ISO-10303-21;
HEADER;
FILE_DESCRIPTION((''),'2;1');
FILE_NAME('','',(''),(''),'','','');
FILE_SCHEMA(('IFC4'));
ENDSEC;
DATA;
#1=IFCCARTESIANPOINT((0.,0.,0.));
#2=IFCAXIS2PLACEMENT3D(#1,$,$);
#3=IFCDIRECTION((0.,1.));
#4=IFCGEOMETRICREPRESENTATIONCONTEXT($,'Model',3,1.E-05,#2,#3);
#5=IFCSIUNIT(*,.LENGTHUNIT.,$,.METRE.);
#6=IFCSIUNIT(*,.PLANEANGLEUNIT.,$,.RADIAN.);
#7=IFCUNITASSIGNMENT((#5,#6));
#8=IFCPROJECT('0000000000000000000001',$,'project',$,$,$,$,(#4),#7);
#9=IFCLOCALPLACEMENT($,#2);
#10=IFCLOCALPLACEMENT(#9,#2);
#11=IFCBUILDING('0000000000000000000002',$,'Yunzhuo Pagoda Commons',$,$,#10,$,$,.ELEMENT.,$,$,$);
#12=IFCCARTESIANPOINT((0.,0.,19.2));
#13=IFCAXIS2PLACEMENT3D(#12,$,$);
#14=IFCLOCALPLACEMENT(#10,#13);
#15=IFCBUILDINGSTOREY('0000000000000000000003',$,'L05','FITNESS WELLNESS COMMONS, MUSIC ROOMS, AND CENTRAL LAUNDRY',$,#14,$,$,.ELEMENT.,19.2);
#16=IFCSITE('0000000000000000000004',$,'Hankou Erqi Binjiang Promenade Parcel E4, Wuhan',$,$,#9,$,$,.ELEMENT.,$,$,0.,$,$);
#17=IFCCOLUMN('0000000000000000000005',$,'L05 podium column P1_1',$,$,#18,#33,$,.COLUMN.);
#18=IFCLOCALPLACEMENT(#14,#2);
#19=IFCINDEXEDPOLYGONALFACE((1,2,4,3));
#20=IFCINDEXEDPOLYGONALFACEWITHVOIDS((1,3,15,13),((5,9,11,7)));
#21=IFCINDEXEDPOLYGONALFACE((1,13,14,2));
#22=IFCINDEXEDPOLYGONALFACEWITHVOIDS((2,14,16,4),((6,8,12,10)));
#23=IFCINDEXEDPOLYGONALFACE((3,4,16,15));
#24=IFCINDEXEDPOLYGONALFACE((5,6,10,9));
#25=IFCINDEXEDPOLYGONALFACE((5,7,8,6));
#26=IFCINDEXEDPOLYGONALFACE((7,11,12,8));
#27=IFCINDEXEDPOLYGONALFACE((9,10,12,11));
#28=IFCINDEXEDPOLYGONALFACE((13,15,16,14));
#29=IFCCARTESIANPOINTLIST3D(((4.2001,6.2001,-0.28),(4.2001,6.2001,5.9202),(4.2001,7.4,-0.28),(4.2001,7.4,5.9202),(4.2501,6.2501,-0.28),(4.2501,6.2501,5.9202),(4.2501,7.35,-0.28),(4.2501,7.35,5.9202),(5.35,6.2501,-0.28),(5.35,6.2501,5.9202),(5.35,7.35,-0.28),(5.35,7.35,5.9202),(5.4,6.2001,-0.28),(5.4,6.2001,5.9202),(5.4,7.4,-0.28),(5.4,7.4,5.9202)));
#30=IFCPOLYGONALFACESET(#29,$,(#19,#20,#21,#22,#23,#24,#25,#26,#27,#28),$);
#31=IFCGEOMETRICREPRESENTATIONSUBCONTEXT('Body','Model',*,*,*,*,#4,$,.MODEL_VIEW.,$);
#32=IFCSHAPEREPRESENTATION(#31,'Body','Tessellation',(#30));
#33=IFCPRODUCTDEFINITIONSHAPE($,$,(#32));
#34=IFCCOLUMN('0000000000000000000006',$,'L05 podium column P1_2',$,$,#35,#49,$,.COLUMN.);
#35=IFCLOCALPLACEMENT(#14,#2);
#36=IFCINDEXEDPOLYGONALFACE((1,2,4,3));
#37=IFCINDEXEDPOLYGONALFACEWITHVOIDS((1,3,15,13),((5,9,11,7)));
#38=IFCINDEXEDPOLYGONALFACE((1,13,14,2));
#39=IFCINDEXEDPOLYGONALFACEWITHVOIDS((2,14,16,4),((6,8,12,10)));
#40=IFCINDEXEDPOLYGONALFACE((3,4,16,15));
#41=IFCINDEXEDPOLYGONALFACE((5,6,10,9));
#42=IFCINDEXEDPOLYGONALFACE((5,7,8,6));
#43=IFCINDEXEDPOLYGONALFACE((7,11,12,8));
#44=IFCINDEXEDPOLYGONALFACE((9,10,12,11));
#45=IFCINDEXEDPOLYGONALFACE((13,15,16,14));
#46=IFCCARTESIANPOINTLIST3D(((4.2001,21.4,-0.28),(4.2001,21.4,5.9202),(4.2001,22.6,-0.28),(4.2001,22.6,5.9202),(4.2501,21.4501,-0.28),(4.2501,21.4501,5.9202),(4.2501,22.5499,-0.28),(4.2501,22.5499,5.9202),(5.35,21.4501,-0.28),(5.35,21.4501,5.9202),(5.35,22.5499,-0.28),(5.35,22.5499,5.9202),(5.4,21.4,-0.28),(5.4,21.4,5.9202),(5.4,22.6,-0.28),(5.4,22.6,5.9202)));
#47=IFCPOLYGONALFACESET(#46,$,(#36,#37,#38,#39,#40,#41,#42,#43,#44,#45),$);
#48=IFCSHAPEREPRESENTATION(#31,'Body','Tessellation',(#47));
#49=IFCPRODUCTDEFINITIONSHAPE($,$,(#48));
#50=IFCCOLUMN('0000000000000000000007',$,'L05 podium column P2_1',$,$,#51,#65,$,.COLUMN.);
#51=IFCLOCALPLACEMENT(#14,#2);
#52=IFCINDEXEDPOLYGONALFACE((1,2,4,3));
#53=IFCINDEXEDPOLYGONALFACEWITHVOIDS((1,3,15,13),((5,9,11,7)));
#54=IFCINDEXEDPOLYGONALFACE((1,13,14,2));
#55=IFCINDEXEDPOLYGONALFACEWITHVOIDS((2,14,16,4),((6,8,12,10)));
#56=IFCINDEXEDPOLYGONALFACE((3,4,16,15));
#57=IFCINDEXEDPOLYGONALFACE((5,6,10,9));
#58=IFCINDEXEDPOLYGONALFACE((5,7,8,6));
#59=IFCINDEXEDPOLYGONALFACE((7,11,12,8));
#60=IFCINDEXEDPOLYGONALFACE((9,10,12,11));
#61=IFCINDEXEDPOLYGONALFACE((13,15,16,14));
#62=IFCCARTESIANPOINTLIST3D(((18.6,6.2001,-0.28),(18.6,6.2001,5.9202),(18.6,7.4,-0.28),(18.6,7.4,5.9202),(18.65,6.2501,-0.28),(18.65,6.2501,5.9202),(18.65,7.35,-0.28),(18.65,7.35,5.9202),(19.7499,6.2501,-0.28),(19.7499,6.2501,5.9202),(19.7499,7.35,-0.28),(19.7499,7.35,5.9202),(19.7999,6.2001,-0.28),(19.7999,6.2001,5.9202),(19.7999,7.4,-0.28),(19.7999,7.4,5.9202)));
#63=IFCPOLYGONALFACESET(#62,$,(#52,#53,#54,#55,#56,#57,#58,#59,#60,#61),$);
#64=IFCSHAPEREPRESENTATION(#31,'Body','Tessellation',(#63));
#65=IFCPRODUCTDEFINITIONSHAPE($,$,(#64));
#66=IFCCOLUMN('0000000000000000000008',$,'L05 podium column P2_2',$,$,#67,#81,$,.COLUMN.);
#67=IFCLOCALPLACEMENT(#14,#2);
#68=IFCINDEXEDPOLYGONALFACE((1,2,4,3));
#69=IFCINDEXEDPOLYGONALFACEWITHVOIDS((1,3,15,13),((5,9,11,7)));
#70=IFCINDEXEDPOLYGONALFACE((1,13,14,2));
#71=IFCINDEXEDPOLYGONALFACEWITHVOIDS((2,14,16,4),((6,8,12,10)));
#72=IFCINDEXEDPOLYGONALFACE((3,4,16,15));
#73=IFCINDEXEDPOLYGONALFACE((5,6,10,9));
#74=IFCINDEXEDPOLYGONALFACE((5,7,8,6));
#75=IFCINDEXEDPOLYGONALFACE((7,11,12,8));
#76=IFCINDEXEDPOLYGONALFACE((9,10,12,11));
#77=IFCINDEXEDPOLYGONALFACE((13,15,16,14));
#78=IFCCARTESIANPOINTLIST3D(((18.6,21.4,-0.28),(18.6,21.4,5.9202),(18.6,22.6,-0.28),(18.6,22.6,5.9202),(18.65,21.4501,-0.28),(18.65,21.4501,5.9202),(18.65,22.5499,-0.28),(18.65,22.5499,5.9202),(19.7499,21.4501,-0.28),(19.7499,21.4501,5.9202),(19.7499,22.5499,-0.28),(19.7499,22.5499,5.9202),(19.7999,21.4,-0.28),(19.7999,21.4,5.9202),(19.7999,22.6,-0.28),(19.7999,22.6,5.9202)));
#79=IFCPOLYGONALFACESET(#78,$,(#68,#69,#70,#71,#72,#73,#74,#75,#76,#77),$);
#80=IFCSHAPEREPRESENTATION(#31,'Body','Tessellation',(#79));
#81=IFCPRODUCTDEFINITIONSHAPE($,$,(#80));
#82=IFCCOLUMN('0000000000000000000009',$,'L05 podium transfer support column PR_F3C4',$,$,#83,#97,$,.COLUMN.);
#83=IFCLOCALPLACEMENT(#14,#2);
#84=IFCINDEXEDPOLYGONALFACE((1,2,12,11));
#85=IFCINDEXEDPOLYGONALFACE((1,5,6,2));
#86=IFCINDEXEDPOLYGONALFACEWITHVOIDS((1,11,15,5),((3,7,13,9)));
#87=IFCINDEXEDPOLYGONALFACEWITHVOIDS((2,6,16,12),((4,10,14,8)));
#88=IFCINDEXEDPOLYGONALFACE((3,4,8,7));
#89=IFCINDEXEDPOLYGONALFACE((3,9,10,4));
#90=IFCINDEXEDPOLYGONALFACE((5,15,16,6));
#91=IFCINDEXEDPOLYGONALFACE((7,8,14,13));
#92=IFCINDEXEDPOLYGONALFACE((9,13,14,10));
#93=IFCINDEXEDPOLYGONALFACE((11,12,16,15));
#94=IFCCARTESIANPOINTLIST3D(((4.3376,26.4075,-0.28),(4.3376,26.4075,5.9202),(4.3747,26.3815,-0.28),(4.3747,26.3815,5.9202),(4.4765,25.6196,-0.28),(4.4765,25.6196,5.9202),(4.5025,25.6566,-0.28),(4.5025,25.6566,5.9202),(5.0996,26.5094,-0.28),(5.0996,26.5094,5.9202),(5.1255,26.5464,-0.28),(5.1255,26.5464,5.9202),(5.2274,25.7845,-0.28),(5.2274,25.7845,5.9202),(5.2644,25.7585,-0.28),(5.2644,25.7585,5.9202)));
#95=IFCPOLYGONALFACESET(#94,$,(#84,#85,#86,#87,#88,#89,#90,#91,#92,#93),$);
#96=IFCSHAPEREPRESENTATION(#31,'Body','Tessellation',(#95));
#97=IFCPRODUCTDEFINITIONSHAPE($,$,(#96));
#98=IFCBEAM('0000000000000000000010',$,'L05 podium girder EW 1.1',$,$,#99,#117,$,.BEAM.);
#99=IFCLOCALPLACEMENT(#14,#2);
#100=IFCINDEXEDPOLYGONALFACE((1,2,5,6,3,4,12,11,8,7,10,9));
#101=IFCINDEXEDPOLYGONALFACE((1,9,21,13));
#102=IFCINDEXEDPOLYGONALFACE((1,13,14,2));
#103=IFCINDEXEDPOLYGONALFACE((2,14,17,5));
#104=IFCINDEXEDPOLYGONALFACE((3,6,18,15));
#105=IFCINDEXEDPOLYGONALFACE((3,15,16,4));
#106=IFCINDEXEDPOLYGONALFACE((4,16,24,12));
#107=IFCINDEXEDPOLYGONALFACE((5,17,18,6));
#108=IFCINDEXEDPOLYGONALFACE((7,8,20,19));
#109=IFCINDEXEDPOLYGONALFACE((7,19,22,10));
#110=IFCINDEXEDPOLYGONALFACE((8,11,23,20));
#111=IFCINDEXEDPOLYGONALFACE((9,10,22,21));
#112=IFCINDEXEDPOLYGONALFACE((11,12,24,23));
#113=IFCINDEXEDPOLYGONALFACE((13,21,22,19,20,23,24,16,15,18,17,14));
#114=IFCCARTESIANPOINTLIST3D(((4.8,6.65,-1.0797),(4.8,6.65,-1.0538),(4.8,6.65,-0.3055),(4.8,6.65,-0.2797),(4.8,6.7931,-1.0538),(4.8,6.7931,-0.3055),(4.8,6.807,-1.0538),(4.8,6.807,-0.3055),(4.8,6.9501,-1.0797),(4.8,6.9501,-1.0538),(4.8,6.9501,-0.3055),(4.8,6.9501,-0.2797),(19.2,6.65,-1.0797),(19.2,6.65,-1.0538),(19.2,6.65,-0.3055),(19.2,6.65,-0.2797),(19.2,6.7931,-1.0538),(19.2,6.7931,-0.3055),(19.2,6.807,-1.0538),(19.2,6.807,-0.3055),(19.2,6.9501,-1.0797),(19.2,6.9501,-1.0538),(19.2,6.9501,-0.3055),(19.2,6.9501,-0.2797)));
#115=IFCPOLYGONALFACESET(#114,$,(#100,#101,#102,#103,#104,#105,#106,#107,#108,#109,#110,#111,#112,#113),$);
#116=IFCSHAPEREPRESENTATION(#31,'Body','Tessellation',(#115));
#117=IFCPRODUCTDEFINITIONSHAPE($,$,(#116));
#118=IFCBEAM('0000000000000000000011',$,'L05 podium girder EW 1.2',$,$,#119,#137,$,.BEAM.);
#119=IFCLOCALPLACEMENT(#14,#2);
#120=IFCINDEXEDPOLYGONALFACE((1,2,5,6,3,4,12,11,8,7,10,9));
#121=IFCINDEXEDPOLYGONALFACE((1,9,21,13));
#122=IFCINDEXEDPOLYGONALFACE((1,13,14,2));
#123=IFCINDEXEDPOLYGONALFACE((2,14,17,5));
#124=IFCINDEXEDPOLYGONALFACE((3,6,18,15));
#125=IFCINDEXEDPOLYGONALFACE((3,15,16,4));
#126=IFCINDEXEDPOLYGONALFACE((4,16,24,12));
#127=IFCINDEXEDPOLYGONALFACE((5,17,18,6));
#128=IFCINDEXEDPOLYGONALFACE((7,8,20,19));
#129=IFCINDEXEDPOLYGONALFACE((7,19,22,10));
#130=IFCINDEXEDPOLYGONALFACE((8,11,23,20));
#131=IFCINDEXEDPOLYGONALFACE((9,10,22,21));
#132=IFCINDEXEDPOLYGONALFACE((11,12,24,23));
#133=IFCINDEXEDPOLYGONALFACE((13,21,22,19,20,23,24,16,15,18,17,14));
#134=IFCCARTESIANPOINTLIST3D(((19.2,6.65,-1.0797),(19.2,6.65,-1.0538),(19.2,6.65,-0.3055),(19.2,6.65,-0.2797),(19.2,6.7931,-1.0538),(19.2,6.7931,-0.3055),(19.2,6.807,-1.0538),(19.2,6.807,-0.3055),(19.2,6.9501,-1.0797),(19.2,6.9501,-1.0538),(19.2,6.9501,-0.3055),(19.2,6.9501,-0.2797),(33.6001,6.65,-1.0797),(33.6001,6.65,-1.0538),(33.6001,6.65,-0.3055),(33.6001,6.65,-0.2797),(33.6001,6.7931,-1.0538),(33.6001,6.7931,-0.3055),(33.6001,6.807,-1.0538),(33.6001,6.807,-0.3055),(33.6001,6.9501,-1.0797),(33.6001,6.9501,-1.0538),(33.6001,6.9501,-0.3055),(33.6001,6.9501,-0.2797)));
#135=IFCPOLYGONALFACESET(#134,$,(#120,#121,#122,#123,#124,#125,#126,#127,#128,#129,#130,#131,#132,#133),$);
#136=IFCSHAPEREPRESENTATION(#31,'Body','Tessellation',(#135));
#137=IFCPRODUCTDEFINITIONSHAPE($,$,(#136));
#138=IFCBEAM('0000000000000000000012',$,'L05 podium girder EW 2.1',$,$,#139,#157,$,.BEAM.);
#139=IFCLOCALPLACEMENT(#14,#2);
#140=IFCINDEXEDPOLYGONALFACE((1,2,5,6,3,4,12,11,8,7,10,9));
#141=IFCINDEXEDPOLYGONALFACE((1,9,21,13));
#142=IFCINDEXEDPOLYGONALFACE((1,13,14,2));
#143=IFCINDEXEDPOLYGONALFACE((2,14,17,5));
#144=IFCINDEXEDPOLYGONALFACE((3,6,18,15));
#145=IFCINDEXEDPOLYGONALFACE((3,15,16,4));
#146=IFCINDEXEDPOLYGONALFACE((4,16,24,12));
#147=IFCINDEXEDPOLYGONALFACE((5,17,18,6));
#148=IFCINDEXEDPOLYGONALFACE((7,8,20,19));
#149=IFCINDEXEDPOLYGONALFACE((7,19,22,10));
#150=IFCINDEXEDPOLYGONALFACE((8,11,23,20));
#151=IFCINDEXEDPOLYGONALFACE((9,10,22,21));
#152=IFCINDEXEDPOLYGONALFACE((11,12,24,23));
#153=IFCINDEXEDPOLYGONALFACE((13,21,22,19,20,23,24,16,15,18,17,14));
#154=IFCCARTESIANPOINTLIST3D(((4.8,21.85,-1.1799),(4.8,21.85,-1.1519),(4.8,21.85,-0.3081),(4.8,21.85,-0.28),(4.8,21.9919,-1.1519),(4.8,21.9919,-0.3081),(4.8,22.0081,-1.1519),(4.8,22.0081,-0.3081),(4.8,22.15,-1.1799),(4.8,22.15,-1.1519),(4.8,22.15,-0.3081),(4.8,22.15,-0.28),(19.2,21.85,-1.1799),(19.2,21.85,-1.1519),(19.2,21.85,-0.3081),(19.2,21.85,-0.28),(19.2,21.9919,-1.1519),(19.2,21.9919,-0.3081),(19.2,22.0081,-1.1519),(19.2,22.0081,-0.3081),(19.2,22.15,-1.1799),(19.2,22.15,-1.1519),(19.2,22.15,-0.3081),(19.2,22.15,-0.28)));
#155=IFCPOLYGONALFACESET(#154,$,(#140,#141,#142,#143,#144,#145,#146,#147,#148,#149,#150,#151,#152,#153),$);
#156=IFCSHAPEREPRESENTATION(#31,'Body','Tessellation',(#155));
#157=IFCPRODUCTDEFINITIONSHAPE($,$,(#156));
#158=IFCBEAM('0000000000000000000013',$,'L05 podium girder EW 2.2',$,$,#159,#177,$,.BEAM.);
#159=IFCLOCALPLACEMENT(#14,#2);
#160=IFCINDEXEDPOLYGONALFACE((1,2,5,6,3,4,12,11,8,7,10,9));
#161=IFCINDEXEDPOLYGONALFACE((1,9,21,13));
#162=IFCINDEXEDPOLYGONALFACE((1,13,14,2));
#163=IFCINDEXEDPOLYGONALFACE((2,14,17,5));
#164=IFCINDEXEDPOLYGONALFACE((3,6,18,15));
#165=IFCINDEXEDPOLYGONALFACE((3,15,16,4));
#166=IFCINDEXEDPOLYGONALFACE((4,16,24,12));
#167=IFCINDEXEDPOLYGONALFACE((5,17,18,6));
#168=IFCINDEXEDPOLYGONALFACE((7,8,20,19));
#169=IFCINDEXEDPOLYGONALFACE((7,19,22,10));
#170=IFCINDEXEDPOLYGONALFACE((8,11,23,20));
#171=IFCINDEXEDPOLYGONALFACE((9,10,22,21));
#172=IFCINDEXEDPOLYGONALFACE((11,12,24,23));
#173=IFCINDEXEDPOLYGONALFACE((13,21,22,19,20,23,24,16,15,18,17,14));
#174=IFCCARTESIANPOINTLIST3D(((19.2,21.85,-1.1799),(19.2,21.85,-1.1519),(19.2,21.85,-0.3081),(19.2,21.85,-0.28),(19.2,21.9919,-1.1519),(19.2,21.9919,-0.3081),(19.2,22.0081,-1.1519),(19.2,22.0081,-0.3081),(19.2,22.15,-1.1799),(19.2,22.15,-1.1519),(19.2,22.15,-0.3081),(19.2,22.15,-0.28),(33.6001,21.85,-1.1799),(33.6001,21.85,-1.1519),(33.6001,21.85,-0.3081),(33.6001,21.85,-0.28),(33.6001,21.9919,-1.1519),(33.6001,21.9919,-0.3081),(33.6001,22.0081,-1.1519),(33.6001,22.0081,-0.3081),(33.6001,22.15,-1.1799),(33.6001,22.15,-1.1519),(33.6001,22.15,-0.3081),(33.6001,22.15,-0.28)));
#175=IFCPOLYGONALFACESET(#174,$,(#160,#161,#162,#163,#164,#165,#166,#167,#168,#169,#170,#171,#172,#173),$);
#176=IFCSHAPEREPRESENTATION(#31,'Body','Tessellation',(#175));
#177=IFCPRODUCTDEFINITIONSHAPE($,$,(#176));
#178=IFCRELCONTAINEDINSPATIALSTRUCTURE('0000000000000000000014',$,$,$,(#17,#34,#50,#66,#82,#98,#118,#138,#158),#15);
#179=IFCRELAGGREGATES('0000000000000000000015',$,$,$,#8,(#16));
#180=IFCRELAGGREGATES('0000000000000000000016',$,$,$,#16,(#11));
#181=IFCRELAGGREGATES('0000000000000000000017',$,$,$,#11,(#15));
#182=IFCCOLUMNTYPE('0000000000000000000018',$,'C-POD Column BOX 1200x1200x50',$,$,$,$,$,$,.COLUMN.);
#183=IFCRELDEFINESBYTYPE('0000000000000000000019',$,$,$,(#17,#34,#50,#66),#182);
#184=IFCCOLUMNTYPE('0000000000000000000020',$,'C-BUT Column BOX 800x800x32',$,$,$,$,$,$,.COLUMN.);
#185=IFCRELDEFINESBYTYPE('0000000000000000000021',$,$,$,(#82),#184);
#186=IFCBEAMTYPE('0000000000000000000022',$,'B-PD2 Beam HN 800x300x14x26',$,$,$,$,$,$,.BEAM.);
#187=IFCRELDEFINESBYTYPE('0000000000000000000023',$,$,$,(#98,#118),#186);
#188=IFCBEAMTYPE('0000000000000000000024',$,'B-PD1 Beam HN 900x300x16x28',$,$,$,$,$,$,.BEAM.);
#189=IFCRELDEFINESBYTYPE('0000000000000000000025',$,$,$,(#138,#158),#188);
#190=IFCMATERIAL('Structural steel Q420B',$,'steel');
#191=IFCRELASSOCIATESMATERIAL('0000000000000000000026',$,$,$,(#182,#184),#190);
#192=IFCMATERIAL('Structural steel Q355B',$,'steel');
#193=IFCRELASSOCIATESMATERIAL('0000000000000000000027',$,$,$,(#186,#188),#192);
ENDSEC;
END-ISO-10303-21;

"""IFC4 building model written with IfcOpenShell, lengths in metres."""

from ifc_helpers import new_model, si_unit, direction, frame, origin, origin_2d, place, context, subcontext, project, spatial, hollow_rectangle, i_section, extrude, source, transform, mapped, material, material_profile, profile_set, type_object, element, save


model = new_model("IFC4")

# Units and contexts
model_context = context("Model", 3, precision=1e-05, world=origin(), true_north=direction((0.0, 1.0)))
body_context = subcontext(model_context, "Body", "Model", "MODEL_VIEW")
ifc_project = project(units=[si_unit("LENGTHUNIT", "METRE"), si_unit("PLANEANGLEUNIT", "RADIAN")], contexts=[model_context])

# Site, building, storey
site_placement = place(None, origin())
site = spatial("IfcSite", under=ifc_project, at=site_placement, Name="Hankou Erqi Binjiang Promenade Parcel E4, Wuhan", CompositionType="ELEMENT", RefElevation=0.0)
building_placement = place(site_placement, origin())
building = spatial("IfcBuilding", under=site, at=building_placement, Name="Yunzhuo Pagoda Commons", CompositionType="ELEMENT")
storey_placement = place(building_placement, frame((0.0, 0.0, 19.2)))
storey = spatial("IfcBuildingStorey", under=building, at=storey_placement, Name="L05", Description="FITNESS WELLNESS COMMONS, MUSIC ROOMS, AND CENTRAL LAUNDRY", CompositionType="ELEMENT", Elevation=19.2)

# Columns
ifc_material_1 = material(Name="Structural steel Q420B", Category="steel")
ifc_material_profile_1 = material_profile(ifc_material_1, hollow_rectangle(XDim=1.2, YDim=1.2, WallThickness=0.05, at=origin_2d()), Name="Structural steel Q420B")
ifc_profile_set_1 = profile_set([ifc_material_profile_1], Name="Structural steel Q420B")
column_type_1 = type_object("IfcColumnType", Name="C-POD Column BOX 1200x1200x50", PredefinedType="COLUMN", material=ifc_profile_set_1)
shared_shape_1 = source(origin(), body_context, "Body", "SweptSolid", [
    extrude(hollow_rectangle(XDim=1.2, YDim=1.2, WallThickness=0.05, at=origin_2d()), origin(), (0.0, 0.0, 1.0), 6.2002),
])
for number, where, z_axis, x_axis, name in (
    (1, (4.8, 6.8, -0.28), (0.0, 0.0, 1.0), (1.0, 0.0, 0.0), "L05 podium column P1_1"),
    (2, (4.8, 22.0, -0.28), (0.0, 0.0, 1.0), (1.0, 0.0, 0.0), "L05 podium column P1_2"),
    (3, (19.2, 6.8, -0.28), (0.0, 0.0, 1.0), (1.0, 0.0, 0.0), "L05 podium column P2_1"),
    (4, (19.2, 22.0, -0.28), (0.0, 0.0, 1.0), (1.0, 0.0, 0.0), "L05 podium column P2_2"),
):
    element("IfcColumn", number, at=place(storey_placement, frame(where, z_axis=z_axis, x_axis=x_axis)), inside=storey, type_object=column_type_1, Name=name, PredefinedType="COLUMN", context=body_context, shape_type="MappedRepresentation", body=[
        mapped(shared_shape_1, transform((0.0, 0.0, 0.0), scale=1.0)),
    ])
ifc_material_profile_2 = material_profile(ifc_material_1, hollow_rectangle(XDim=0.8, YDim=0.8, WallThickness=0.032, at=origin_2d()), Name="Structural steel Q420B")
ifc_profile_set_2 = profile_set([ifc_material_profile_2], Name="Structural steel Q420B")
column_type_2 = type_object("IfcColumnType", Name="C-BUT Column BOX 800x800x32", PredefinedType="COLUMN", material=ifc_profile_set_2)
shared_shape_2 = source(origin(), body_context, "Body", "SweptSolid", [
    extrude(hollow_rectangle(XDim=0.8, YDim=0.8, WallThickness=0.032, at=origin_2d()), origin(), (0.0, 0.0, 1.0), 6.2002),
])
column_placement = place(storey_placement, frame((4.801, 26.083, -0.28), z_axis=(0.0, 0.0, 1.0), x_axis=(0.173648, -0.984808, 0.0)))
element("IfcColumn", 5, at=column_placement, inside=storey, type_object=column_type_2, Name="L05 podium transfer support column PR_F3C4", PredefinedType="COLUMN", context=body_context, shape_type="MappedRepresentation", body=[
    mapped(shared_shape_2, transform((0.0, 0.0, 0.0), scale=1.0)),
])

# Beams
ifc_material_2 = material(Name="Structural steel Q355B", Category="steel")
ifc_material_profile_3 = material_profile(ifc_material_2, i_section(OverallWidth=0.3, OverallDepth=0.8, WebThickness=0.0139, FlangeThickness=0.0259, at=origin_2d()), Name="Structural steel Q355B")
ifc_profile_set_3 = profile_set([ifc_material_profile_3], Name="Structural steel Q355B")
beam_type_1 = type_object("IfcBeamType", Name="B-PD2 Beam HN 800x300x14x26", PredefinedType="BEAM", material=ifc_profile_set_3)
shared_shape_3 = source(origin(), body_context, "Body", "SweptSolid", [
    extrude(i_section(OverallWidth=0.3, OverallDepth=0.8, WebThickness=0.0139, FlangeThickness=0.0259, at=origin_2d()), origin(), (0.0, 0.0, 1.0), 14.3999),
])
beam_1_placement = place(storey_placement, frame((4.8, 6.8, -0.6797), z_axis=(1.0, 0.0, 0.0), x_axis=(0.0, 1.0, 0.0)))
element("IfcBeam", 6, at=beam_1_placement, inside=storey, type_object=beam_type_1, Name="L05 podium girder EW 1.1", PredefinedType="BEAM", context=body_context, shape_type="MappedRepresentation", body=[
    mapped(shared_shape_3, transform((0.0, 0.0, 0.0), scale=1.0)),
])
shared_shape_4 = source(origin(), body_context, "Body", "SweptSolid", [
    extrude(i_section(OverallWidth=0.3, OverallDepth=0.8, WebThickness=0.0139, FlangeThickness=0.0259, at=origin_2d()), origin(), (0.0, 0.0, 1.0), 14.4001),
])
beam_2_placement = place(storey_placement, frame((19.2, 6.8, -0.6797), z_axis=(1.0, 0.0, 0.0), x_axis=(0.0, 1.0, 0.0)))
element("IfcBeam", 7, at=beam_2_placement, inside=storey, type_object=beam_type_1, Name="L05 podium girder EW 1.2", PredefinedType="BEAM", context=body_context, shape_type="MappedRepresentation", body=[
    mapped(shared_shape_4, transform((0.0, 0.0, 0.0), scale=1.0)),
])
ifc_material_profile_4 = material_profile(ifc_material_2, i_section(OverallWidth=0.3, OverallDepth=0.8999, WebThickness=0.0161, FlangeThickness=0.0281, at=origin_2d()), Name="Structural steel Q355B")
ifc_profile_set_4 = profile_set([ifc_material_profile_4], Name="Structural steel Q355B")
beam_type_2 = type_object("IfcBeamType", Name="B-PD1 Beam HN 900x300x16x28", PredefinedType="BEAM", material=ifc_profile_set_4)
shared_shape_5 = source(origin(), body_context, "Body", "SweptSolid", [
    extrude(i_section(OverallWidth=0.3, OverallDepth=0.8999, WebThickness=0.0161, FlangeThickness=0.0281, at=origin_2d()), origin(), (0.0, 0.0, 1.0), 14.3999),
])
beam_3_placement = place(storey_placement, frame((4.8, 22.0, -0.73), z_axis=(1.0, 0.0, 0.0), x_axis=(0.0, 1.0, 0.0)))
element("IfcBeam", 8, at=beam_3_placement, inside=storey, type_object=beam_type_2, Name="L05 podium girder EW 2.1", PredefinedType="BEAM", context=body_context, shape_type="MappedRepresentation", body=[
    mapped(shared_shape_5, transform((0.0, 0.0, 0.0), scale=1.0)),
])
shared_shape_6 = source(origin(), body_context, "Body", "SweptSolid", [
    extrude(i_section(OverallWidth=0.3, OverallDepth=0.8999, WebThickness=0.0161, FlangeThickness=0.0281, at=origin_2d()), origin(), (0.0, 0.0, 1.0), 14.4001),
])
beam_4_placement = place(storey_placement, frame((19.2, 22.0, -0.73), z_axis=(1.0, 0.0, 0.0), x_axis=(0.0, 1.0, 0.0)))
element("IfcBeam", 9, at=beam_4_placement, inside=storey, type_object=beam_type_2, Name="L05 podium girder EW 2.2", PredefinedType="BEAM", context=body_context, shape_type="MappedRepresentation", body=[
    mapped(shared_shape_6, transform((0.0, 0.0, 0.0), scale=1.0)),
])

save(model, "model.ifc")
